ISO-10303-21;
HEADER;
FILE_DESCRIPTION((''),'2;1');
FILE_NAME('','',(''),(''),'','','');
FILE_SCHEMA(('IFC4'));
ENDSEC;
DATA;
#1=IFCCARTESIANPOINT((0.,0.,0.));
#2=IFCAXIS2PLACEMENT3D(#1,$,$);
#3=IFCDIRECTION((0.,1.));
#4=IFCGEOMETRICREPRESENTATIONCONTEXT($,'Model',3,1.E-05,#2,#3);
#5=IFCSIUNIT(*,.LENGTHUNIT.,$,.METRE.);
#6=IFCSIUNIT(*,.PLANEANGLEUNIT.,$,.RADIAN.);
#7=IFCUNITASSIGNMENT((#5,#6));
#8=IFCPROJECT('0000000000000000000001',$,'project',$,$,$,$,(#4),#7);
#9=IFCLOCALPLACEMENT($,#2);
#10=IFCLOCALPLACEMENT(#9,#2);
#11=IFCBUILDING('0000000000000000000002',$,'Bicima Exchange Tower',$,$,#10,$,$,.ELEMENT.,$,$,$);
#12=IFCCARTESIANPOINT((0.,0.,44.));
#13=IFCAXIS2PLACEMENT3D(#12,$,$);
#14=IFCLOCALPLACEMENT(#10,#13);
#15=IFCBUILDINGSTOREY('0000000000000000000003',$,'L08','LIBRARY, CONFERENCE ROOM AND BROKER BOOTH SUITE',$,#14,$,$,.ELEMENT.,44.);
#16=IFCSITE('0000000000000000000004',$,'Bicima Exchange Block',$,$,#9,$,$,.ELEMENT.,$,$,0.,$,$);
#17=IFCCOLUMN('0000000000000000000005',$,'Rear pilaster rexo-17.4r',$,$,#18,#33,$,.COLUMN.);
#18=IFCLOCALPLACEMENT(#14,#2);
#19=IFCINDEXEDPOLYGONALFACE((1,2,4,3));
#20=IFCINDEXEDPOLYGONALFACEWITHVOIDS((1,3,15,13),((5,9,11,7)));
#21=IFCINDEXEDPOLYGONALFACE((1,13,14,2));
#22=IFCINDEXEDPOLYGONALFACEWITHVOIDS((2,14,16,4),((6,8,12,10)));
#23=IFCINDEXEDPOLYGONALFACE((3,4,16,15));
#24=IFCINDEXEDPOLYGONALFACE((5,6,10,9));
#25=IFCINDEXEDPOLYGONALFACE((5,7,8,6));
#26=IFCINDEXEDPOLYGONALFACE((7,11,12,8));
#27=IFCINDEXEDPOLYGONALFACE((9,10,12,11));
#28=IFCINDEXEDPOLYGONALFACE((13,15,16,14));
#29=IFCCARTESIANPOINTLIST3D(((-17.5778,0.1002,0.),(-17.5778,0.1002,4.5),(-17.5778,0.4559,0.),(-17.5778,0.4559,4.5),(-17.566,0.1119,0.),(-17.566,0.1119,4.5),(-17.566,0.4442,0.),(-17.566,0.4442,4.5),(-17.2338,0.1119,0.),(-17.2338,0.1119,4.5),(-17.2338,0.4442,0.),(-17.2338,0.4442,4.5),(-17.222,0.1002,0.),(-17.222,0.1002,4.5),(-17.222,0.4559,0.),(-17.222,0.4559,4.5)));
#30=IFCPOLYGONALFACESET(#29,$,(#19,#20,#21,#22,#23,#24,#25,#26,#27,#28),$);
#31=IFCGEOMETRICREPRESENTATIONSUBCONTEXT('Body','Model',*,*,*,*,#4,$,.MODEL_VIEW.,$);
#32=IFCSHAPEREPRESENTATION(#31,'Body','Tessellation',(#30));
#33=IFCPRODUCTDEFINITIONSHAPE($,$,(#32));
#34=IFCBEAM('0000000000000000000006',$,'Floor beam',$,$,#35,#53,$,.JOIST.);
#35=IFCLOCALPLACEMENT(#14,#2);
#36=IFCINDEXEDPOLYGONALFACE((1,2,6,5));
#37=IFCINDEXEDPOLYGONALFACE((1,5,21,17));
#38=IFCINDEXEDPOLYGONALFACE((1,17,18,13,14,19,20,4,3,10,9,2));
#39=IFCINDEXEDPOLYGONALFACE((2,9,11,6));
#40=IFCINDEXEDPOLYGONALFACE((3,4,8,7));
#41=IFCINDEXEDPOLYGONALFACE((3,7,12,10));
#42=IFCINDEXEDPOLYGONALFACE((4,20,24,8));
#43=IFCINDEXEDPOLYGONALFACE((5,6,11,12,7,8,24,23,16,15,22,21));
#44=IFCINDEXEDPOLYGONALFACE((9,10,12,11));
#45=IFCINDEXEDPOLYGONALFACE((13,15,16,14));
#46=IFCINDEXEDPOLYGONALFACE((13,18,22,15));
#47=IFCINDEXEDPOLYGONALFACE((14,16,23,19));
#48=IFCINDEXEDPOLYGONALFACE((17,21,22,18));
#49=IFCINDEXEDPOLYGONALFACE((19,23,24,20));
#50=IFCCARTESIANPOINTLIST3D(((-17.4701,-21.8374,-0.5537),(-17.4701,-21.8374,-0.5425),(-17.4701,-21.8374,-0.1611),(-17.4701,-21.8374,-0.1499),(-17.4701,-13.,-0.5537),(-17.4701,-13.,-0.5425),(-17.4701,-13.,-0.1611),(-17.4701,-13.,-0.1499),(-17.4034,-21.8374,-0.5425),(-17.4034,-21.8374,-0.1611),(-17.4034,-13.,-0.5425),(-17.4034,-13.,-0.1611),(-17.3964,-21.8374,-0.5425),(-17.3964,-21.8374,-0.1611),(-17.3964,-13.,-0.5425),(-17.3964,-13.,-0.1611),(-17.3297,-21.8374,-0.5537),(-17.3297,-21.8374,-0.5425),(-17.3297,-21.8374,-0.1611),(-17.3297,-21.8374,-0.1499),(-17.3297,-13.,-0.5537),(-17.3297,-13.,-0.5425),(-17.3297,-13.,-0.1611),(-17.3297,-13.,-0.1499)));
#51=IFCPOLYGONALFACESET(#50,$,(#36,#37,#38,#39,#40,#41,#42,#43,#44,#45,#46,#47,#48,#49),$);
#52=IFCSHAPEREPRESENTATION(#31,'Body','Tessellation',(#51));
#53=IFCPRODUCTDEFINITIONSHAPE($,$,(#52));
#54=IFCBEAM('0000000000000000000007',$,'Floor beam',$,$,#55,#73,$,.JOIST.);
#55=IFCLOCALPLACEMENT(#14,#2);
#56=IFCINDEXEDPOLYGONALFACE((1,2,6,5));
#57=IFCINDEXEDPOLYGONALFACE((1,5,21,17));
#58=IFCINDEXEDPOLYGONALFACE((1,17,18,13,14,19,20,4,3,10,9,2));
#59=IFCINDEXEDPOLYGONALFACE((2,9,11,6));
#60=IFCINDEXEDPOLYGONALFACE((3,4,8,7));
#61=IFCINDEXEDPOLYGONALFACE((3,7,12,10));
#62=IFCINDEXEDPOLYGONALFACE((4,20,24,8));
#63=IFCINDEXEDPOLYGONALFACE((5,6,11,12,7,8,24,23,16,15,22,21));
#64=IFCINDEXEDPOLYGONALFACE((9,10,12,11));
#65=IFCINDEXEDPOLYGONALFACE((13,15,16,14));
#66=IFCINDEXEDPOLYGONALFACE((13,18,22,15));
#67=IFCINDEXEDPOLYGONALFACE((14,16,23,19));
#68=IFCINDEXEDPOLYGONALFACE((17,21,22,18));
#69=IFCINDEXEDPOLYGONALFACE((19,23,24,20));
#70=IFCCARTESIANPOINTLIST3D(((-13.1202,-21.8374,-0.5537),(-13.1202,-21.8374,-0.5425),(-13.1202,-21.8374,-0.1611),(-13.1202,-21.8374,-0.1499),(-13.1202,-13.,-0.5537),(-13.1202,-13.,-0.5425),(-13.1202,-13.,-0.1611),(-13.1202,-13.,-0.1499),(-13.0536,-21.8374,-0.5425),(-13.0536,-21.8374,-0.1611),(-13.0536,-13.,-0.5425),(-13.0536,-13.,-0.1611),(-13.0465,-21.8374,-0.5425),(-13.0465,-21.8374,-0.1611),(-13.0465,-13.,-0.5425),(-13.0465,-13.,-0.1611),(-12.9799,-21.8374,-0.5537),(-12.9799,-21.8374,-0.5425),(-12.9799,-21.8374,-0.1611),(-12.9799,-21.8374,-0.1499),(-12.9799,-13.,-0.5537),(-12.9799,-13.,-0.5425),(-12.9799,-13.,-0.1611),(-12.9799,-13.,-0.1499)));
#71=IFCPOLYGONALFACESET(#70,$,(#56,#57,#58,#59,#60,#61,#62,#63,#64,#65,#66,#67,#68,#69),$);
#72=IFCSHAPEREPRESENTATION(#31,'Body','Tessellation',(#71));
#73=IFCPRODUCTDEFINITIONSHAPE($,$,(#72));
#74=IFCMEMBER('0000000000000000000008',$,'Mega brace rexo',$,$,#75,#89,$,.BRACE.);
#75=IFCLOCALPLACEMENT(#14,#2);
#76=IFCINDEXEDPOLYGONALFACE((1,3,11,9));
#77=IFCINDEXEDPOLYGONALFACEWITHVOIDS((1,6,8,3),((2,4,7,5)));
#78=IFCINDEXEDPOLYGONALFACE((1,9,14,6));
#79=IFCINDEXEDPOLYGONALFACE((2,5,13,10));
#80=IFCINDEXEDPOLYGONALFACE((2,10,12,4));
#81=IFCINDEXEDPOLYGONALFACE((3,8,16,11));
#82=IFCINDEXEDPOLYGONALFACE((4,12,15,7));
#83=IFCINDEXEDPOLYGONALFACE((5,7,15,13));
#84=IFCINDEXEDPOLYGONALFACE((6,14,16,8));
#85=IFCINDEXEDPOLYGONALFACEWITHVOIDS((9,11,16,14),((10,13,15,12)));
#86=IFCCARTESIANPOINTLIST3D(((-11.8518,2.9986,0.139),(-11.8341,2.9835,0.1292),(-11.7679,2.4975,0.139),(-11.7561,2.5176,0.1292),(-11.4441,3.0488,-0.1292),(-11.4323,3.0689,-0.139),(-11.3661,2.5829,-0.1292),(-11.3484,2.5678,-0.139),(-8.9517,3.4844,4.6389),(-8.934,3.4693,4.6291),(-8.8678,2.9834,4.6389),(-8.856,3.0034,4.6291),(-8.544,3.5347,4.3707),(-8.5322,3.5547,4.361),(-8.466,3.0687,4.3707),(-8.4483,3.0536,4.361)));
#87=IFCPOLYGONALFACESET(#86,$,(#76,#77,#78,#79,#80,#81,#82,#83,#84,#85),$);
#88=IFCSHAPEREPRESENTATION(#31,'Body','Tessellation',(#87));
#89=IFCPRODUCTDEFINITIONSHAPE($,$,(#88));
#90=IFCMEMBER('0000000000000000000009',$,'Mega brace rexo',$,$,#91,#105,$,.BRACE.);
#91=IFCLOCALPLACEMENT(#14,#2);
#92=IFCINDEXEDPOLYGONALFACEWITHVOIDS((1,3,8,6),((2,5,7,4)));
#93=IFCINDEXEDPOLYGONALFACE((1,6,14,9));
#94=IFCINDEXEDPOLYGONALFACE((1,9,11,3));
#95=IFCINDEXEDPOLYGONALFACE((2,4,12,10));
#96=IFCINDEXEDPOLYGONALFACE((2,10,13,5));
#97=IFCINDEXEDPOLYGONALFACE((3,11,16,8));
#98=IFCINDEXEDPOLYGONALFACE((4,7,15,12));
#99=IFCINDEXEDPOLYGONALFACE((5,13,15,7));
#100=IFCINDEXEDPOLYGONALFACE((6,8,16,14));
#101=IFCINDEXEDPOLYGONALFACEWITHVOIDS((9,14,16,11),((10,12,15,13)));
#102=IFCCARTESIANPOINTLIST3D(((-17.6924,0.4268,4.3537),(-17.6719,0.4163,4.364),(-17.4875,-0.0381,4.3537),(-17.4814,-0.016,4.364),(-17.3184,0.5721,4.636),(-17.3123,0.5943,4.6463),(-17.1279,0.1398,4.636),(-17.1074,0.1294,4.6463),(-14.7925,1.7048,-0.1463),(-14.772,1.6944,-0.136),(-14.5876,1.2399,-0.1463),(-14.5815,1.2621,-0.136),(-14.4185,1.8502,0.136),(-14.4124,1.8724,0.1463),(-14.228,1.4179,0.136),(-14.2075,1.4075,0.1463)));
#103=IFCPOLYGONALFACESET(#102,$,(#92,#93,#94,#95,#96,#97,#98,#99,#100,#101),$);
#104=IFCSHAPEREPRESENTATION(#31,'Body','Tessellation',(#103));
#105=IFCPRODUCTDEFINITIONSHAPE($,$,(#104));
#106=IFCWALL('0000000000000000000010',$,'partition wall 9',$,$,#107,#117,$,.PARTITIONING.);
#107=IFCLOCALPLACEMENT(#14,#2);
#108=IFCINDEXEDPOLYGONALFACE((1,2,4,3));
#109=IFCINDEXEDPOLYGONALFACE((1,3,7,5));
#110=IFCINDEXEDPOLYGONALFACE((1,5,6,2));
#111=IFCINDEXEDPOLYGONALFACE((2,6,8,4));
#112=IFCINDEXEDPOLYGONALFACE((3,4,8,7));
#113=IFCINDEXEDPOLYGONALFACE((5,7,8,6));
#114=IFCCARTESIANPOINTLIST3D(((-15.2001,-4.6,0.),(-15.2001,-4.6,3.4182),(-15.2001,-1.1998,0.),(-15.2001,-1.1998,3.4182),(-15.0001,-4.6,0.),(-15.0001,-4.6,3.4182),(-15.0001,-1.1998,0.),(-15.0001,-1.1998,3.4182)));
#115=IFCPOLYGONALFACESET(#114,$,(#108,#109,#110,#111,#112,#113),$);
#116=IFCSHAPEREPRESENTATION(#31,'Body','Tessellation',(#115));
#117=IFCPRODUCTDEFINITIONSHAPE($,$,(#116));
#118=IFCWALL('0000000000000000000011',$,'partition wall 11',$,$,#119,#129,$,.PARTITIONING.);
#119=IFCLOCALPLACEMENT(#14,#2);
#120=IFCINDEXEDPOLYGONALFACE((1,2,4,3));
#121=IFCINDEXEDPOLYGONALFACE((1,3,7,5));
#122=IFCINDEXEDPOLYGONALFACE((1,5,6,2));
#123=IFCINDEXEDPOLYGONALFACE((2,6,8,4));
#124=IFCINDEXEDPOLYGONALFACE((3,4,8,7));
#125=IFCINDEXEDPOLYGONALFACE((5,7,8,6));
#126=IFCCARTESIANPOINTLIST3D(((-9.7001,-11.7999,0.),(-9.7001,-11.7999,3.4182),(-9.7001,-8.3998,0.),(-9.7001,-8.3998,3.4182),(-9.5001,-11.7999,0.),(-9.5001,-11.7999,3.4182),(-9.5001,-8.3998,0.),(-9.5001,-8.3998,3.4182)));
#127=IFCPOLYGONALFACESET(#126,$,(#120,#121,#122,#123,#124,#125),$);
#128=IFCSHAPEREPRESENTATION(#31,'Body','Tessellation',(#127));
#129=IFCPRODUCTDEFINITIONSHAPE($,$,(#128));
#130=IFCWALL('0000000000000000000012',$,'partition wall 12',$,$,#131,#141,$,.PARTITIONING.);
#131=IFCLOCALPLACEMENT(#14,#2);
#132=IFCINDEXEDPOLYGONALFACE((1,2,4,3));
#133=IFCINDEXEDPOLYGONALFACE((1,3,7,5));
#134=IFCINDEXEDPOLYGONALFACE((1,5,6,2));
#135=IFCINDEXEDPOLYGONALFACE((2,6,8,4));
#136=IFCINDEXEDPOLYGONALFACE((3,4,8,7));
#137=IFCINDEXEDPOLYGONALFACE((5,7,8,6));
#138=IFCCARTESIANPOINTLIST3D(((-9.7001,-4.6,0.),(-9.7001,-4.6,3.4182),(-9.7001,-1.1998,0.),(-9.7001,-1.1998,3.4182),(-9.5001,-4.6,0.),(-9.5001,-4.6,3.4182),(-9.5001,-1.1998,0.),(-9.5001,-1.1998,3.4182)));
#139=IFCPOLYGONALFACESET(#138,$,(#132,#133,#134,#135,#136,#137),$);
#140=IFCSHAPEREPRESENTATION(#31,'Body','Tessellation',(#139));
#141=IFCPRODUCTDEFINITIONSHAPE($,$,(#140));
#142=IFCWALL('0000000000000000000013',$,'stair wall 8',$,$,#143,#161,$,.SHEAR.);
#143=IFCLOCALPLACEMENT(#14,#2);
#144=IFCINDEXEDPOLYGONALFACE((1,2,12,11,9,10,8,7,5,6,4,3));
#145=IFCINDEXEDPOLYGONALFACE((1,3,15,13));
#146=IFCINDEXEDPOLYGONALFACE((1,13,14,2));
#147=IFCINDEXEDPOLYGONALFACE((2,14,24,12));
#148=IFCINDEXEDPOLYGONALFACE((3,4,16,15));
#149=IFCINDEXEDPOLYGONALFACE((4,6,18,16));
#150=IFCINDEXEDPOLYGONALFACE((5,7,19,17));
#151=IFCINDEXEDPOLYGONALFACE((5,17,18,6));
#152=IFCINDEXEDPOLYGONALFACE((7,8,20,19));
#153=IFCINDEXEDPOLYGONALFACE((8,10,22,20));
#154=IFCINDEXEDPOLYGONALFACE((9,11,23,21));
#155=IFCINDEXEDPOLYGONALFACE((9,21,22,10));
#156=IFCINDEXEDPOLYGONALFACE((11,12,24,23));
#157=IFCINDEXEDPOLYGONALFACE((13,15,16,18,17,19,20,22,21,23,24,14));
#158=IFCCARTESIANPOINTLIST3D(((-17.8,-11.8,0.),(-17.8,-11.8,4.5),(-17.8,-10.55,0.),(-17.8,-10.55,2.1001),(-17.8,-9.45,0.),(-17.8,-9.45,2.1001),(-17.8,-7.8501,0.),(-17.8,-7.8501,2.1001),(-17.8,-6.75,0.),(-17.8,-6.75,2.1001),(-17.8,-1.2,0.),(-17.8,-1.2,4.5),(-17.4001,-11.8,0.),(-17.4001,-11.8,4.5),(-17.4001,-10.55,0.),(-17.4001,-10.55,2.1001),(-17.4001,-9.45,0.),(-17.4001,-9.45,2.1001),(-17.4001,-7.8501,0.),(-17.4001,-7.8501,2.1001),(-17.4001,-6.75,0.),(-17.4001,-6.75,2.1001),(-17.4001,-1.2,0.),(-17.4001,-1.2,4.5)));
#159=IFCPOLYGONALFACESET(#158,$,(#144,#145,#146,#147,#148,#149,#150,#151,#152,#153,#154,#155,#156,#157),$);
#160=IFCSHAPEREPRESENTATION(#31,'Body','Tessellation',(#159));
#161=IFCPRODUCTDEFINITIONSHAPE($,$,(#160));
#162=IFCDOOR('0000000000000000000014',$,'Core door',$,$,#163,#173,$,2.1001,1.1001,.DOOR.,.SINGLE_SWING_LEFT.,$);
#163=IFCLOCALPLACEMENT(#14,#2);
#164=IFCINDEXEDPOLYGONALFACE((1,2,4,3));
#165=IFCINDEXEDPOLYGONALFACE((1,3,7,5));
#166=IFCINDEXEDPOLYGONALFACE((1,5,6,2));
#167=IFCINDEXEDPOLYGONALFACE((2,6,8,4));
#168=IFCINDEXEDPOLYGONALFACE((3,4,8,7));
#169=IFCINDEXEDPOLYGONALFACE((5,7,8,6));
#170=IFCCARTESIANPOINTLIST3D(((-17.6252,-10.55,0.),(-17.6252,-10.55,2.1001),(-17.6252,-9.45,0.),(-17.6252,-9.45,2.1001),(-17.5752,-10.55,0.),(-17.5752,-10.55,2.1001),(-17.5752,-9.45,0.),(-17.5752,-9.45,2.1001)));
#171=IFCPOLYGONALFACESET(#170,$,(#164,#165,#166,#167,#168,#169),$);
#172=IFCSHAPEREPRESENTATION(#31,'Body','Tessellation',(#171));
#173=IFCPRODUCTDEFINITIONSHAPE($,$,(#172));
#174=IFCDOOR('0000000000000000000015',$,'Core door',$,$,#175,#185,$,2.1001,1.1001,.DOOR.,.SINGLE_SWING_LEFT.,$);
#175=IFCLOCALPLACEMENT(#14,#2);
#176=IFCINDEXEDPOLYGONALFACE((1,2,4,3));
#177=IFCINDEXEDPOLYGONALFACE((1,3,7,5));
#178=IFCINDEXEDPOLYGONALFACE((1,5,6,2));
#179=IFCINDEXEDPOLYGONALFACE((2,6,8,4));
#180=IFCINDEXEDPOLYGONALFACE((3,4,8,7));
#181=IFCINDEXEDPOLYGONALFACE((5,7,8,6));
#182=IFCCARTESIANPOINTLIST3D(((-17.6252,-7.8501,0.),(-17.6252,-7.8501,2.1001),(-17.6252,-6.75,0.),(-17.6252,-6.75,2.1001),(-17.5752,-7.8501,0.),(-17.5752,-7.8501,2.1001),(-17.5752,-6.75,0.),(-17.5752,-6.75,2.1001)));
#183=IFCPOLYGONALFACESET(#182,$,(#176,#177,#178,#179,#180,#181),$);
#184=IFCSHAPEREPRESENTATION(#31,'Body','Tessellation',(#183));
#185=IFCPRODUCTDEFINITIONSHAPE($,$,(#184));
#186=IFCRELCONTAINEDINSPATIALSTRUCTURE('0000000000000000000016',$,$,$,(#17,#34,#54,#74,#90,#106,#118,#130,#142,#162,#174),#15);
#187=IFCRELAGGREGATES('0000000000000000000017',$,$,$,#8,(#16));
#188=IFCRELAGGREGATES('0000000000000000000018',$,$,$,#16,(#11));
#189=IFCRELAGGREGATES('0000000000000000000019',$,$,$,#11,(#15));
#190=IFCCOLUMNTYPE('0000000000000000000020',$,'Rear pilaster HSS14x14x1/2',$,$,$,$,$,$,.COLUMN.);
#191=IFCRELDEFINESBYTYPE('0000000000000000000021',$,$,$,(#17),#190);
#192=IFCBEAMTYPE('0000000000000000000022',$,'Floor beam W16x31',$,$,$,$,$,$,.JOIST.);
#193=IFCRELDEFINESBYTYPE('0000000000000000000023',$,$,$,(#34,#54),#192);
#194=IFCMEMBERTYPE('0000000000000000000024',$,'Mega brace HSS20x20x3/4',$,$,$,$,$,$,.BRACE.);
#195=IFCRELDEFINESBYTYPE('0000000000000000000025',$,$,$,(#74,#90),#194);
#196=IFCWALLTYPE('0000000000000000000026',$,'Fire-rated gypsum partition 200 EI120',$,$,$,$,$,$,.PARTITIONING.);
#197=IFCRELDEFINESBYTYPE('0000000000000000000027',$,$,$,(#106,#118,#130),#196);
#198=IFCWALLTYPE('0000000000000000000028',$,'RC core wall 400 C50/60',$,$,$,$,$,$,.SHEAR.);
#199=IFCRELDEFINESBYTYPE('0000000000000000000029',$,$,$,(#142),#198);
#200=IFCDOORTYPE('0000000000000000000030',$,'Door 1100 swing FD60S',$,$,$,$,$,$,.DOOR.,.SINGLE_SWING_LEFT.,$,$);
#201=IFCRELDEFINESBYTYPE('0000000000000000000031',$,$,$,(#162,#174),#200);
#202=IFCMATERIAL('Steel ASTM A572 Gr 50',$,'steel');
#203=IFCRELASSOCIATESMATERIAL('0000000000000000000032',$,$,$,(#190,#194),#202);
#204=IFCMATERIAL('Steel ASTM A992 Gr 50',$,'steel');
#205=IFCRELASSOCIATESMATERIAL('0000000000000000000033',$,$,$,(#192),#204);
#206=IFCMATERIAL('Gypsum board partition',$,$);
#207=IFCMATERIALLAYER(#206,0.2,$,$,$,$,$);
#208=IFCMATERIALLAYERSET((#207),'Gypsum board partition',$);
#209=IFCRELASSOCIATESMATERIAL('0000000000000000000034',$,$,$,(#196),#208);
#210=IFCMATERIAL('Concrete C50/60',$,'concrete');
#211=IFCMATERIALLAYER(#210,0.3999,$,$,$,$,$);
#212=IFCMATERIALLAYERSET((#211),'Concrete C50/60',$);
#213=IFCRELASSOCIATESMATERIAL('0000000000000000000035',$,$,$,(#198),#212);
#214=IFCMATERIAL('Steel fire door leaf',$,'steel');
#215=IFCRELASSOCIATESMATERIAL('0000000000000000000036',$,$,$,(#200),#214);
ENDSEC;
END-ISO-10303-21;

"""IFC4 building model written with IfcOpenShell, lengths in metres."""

from ifc_helpers import new_model, si_unit, direction, frame, frame_2d, origin, origin_2d, place, context, subcontext, project, spatial, rectangle, hollow_rectangle, i_section, extrude, material, layer, layer_set, material_profile, profile_set, type_object, element, fill, save


model = new_model("IFC4")

# Units and contexts
model_context = context("Model", 3, precision=1e-05, world=origin(), true_north=direction((0.0, 1.0)))
body_context = subcontext(model_context, "Body", "Model", "MODEL_VIEW")
ifc_project = project(units=[si_unit("LENGTHUNIT", "METRE"), si_unit("PLANEANGLEUNIT", "RADIAN")], contexts=[model_context])

# Site, building, storey
site_placement = place(None, origin())
site = spatial("IfcSite", under=ifc_project, at=site_placement, Name="Bicima Exchange Block", CompositionType="ELEMENT", RefElevation=0.0)
building_placement = place(site_placement, origin())
building = spatial("IfcBuilding", under=site, at=building_placement, Name="Bicima Exchange Tower", CompositionType="ELEMENT")
storey_placement = place(building_placement, frame((0.0, 0.0, 44.0)))
storey = spatial("IfcBuildingStorey", under=building, at=storey_placement, Name="L08", Description="LIBRARY, CONFERENCE ROOM AND BROKER BOOTH SUITE", CompositionType="ELEMENT", Elevation=44.0)

# Column
ifc_material_1 = material(Name="Steel ASTM A572 Gr 50", Category="steel")
ifc_material_profile_1 = material_profile(ifc_material_1, hollow_rectangle(XDim=0.3557, YDim=0.3557, WallThickness=0.0117, at=origin_2d()))
ifc_profile_set_1 = profile_set([ifc_material_profile_1], Name="Steel ASTM A572 Gr 50")
column_type = type_object("IfcColumnType", Name="Rear pilaster HSS14x14x1/2", PredefinedType="COLUMN", material=ifc_profile_set_1)
column_placement = place(storey_placement, frame((-17.3999, 0.2781, 0.0), z_axis=(0.0, 0.0, 1.0), x_axis=(1.0, 0.0, 0.0)))
element("IfcColumn", 1, at=column_placement, inside=storey, type_object=column_type, Name="Rear pilaster rexo-17.4r", PredefinedType="COLUMN", context=body_context, shape_type="SweptSolid", body=[
    extrude(hollow_rectangle(XDim=0.3557, YDim=0.3557, WallThickness=0.0117, at=origin_2d()), origin(), (0.0, 0.0, 1.0), 4.5),
])

# Beams
ifc_material_2 = material(Name="Steel ASTM A992 Gr 50", Category="steel")
ifc_material_profile_2 = material_profile(ifc_material_2, i_section(OverallWidth=0.1404, OverallDepth=0.4038, WebThickness=0.0071, FlangeThickness=0.0112, at=origin_2d()))
ifc_profile_set_2 = profile_set([ifc_material_profile_2], Name="Steel ASTM A992 Gr 50")
beam_type = type_object("IfcBeamType", Name="Floor beam W16x31", PredefinedType="JOIST", material=ifc_profile_set_2)
for number, where, z_axis, x_axis, name in (
    (2, (-17.3999, -13.0, -0.3518), (0.0, -1.0, 0.0), (1.0, 0.0, 0.0), "Floor beam"),
    (3, (-13.05, -13.0, -0.3518), (0.0, -1.0, 0.0), (1.0, 0.0, 0.0), "Floor beam"),
):
    element("IfcBeam", number, at=place(storey_placement, frame(where, z_axis=z_axis, x_axis=x_axis)), inside=storey, type_object=beam_type, Name=name, PredefinedType="JOIST", context=body_context, shape_type="SweptSolid", body=[
        extrude(i_section(OverallWidth=0.1404, OverallDepth=0.4038, WebThickness=0.0071, FlangeThickness=0.0112, at=origin_2d()), origin(), (0.0, 0.0, 1.0), 8.8374),
    ])

# Members
ifc_material_profile_3 = material_profile(ifc_material_1, hollow_rectangle(XDim=0.5081, YDim=0.5081, WallThickness=0.0178, at=origin_2d()))
ifc_profile_set_3 = profile_set([ifc_material_profile_3], Name="Steel ASTM A572 Gr 50")
member_type = type_object("IfcMemberType", Name="Mega brace HSS20x20x3/4", PredefinedType="BRACE", material=ifc_profile_set_3)
member_1_placement = place(storey_placement, frame((-11.6001, 2.7832, 0.0), z_axis=(0.539504, 0.090379, 0.837119), x_axis=(-0.16522, 0.986257, 0.0)))
element("IfcMember", 4, at=member_1_placement, inside=storey, type_object=member_type, Name="Mega brace rexo", PredefinedType="BRACE", context=body_context, shape_type="SweptSolid", body=[
    extrude(hollow_rectangle(XDim=0.5081, YDim=0.5081, WallThickness=0.0178, at=origin_2d()), origin(), (0.0, 0.0, 1.0), 5.3755),
])
member_2_placement = place(storey_placement, frame((-14.5, 1.5562, 0.0), z_axis=(-0.526881, -0.232213, 0.817602), x_axis=(0.403299, -0.915068, 0.0)))
element("IfcMember", 5, at=member_2_placement, inside=storey, type_object=member_type, Name="Mega brace rexo", PredefinedType="BRACE", context=body_context, shape_type="SweptSolid", body=[
    extrude(hollow_rectangle(XDim=0.5081, YDim=0.5081, WallThickness=0.0178, at=origin_2d()), origin(), (0.0, 0.0, 1.0), 5.5039),
])

# Walls
ifc_material_3 = material(Name="Gypsum board partition")
ifc_layer_1 = layer(ifc_material_3, 0.2)
ifc_layer_set_1 = layer_set([ifc_layer_1], Name="Gypsum board partition")
wall_type_1 = type_object("IfcWallType", Name="Fire-rated gypsum partition 200 EI120", PredefinedType="PARTITIONING", material=ifc_layer_set_1)
for number, where, z_axis, x_axis, name in (
    (6, (-15.1001, -4.6001, 0.0), (0.0, 0.0, 1.0), (0.0, 1.0, 0.0), "partition wall 9"),
    (7, (-9.6001, -11.8, 0.0), (0.0, 0.0, 1.0), (0.0, 1.0, 0.0), "partition wall 11"),
    (8, (-9.6001, -4.6001, 0.0), (0.0, 0.0, 1.0), (0.0, 1.0, 0.0), "partition wall 12"),
):
    element("IfcWall", number, at=place(storey_placement, frame(where, z_axis=z_axis, x_axis=x_axis)), inside=storey, type_object=wall_type_1, Name=name, PredefinedType="PARTITIONING", context=body_context, shape_type="SweptSolid", body=[
        extrude(rectangle(XDim=3.4001, YDim=0.2, at=frame_2d((1.7002, 0.0))), origin(), (0.0, 0.0, 1.0), 3.4182),
    ])

# Wall, openings, doors
ifc_material_4 = material(Name="Concrete C50/60", Category="concrete")
ifc_layer_2 = layer(ifc_material_4, 0.3999)
ifc_layer_set_2 = layer_set([ifc_layer_2], Name="Concrete C50/60")
wall_type_2 = type_object("IfcWallType", Name="RC core wall 400 C50/60", PredefinedType="SHEAR", material=ifc_layer_set_2)
wall_1_placement = place(storey_placement, frame((-17.6001, -11.8, 0.0), z_axis=(0.0, 0.0, 1.0), x_axis=(0.0, 1.0, 0.0)))
wall_1 = element("IfcWall", 9, at=wall_1_placement, inside=storey, type_object=wall_type_2, Name="stair wall 8", PredefinedType="SHEAR", context=body_context, shape_type="SweptSolid", body=[
    extrude(rectangle(XDim=10.6001, YDim=0.3999, at=frame_2d((5.3, 0.0))), origin(), (0.0, 0.0, 1.0), 4.5),
])
opening_1_placement = place(wall_1_placement, frame((1.25, 0.0, 0.0)))
opening_1 = element("IfcOpeningElement", 10, at=opening_1_placement, cuts=wall_1, PredefinedType="OPENING", context=body_context, shape_type="SweptSolid", body=[
    extrude(rectangle(XDim=1.1001, YDim=2.1001, at=frame_2d((0.55, 1.05))), frame((0.0, 0.2119, 0.0), z_axis=(0.0, -1.0, 0.0), x_axis=(1.0, 0.0, 0.0)), (0.0, 0.0, 1.0), 0.4238),
])
opening_2_placement = place(wall_1_placement, frame((3.95, 0.0, 0.0)))
opening_2 = element("IfcOpeningElement", 11, at=opening_2_placement, cuts=wall_1, PredefinedType="OPENING", context=body_context, shape_type="SweptSolid", body=[
    extrude(rectangle(XDim=1.1001, YDim=2.1001, at=frame_2d((0.55, 1.05))), frame((0.0, 0.2119, 0.0), z_axis=(0.0, -1.0, 0.0), x_axis=(1.0, 0.0, 0.0)), (0.0, 0.0, 1.0), 0.4238),
])
ifc_material_5 = material(Name="Steel fire door leaf", Category="steel")
door_type_1 = type_object("IfcDoorType", Name="Door 1100 swing FD60S", OperationType="SINGLE_SWING_LEFT", PredefinedType="DOOR", material=ifc_material_5)
door_1_placement = place(opening_1_placement, frame((1.1001, 0.0, 0.0), z_axis=(0.0, 0.0, 1.0), x_axis=(-1.0, 0.0, 0.0)))
door_1 = element("IfcDoor", 12, at=door_1_placement, inside=storey, type_object=door_type_1, Name="Core door", OperationType="SINGLE_SWING_LEFT", OverallHeight=2.1001, OverallWidth=1.1001, PredefinedType="DOOR", context=body_context, shape_type="SweptSolid", body=[
    extrude(rectangle(XDim=1.1001, YDim=2.1001, at=frame_2d((0.55, 1.05))), frame((0.0, 0.0249, 0.0), z_axis=(0.0, -1.0, 0.0), x_axis=(1.0, 0.0, 0.0)), (0.0, 0.0, 1.0), 0.05),
])
fill(opening_1, door_1)
door_2_placement = place(opening_2_placement, frame((1.1001, 0.0, 0.0), z_axis=(0.0, 0.0, 1.0), x_axis=(-1.0, 0.0, 0.0)))
door_2 = element("IfcDoor", 13, at=door_2_placement, inside=storey, type_object=door_type_1, Name="Core door", OperationType="SINGLE_SWING_LEFT", OverallHeight=2.1001, OverallWidth=1.1001, PredefinedType="DOOR", context=body_context, shape_type="SweptSolid", body=[
    extrude(rectangle(XDim=1.1001, YDim=2.1001, at=frame_2d((0.55, 1.05))), frame((0.0, 0.0249, 0.0), z_axis=(0.0, -1.0, 0.0), x_axis=(1.0, 0.0, 0.0)), (0.0, 0.0, 1.0), 0.05),
])
fill(opening_2, door_2)

save(model, "model.ifc")
